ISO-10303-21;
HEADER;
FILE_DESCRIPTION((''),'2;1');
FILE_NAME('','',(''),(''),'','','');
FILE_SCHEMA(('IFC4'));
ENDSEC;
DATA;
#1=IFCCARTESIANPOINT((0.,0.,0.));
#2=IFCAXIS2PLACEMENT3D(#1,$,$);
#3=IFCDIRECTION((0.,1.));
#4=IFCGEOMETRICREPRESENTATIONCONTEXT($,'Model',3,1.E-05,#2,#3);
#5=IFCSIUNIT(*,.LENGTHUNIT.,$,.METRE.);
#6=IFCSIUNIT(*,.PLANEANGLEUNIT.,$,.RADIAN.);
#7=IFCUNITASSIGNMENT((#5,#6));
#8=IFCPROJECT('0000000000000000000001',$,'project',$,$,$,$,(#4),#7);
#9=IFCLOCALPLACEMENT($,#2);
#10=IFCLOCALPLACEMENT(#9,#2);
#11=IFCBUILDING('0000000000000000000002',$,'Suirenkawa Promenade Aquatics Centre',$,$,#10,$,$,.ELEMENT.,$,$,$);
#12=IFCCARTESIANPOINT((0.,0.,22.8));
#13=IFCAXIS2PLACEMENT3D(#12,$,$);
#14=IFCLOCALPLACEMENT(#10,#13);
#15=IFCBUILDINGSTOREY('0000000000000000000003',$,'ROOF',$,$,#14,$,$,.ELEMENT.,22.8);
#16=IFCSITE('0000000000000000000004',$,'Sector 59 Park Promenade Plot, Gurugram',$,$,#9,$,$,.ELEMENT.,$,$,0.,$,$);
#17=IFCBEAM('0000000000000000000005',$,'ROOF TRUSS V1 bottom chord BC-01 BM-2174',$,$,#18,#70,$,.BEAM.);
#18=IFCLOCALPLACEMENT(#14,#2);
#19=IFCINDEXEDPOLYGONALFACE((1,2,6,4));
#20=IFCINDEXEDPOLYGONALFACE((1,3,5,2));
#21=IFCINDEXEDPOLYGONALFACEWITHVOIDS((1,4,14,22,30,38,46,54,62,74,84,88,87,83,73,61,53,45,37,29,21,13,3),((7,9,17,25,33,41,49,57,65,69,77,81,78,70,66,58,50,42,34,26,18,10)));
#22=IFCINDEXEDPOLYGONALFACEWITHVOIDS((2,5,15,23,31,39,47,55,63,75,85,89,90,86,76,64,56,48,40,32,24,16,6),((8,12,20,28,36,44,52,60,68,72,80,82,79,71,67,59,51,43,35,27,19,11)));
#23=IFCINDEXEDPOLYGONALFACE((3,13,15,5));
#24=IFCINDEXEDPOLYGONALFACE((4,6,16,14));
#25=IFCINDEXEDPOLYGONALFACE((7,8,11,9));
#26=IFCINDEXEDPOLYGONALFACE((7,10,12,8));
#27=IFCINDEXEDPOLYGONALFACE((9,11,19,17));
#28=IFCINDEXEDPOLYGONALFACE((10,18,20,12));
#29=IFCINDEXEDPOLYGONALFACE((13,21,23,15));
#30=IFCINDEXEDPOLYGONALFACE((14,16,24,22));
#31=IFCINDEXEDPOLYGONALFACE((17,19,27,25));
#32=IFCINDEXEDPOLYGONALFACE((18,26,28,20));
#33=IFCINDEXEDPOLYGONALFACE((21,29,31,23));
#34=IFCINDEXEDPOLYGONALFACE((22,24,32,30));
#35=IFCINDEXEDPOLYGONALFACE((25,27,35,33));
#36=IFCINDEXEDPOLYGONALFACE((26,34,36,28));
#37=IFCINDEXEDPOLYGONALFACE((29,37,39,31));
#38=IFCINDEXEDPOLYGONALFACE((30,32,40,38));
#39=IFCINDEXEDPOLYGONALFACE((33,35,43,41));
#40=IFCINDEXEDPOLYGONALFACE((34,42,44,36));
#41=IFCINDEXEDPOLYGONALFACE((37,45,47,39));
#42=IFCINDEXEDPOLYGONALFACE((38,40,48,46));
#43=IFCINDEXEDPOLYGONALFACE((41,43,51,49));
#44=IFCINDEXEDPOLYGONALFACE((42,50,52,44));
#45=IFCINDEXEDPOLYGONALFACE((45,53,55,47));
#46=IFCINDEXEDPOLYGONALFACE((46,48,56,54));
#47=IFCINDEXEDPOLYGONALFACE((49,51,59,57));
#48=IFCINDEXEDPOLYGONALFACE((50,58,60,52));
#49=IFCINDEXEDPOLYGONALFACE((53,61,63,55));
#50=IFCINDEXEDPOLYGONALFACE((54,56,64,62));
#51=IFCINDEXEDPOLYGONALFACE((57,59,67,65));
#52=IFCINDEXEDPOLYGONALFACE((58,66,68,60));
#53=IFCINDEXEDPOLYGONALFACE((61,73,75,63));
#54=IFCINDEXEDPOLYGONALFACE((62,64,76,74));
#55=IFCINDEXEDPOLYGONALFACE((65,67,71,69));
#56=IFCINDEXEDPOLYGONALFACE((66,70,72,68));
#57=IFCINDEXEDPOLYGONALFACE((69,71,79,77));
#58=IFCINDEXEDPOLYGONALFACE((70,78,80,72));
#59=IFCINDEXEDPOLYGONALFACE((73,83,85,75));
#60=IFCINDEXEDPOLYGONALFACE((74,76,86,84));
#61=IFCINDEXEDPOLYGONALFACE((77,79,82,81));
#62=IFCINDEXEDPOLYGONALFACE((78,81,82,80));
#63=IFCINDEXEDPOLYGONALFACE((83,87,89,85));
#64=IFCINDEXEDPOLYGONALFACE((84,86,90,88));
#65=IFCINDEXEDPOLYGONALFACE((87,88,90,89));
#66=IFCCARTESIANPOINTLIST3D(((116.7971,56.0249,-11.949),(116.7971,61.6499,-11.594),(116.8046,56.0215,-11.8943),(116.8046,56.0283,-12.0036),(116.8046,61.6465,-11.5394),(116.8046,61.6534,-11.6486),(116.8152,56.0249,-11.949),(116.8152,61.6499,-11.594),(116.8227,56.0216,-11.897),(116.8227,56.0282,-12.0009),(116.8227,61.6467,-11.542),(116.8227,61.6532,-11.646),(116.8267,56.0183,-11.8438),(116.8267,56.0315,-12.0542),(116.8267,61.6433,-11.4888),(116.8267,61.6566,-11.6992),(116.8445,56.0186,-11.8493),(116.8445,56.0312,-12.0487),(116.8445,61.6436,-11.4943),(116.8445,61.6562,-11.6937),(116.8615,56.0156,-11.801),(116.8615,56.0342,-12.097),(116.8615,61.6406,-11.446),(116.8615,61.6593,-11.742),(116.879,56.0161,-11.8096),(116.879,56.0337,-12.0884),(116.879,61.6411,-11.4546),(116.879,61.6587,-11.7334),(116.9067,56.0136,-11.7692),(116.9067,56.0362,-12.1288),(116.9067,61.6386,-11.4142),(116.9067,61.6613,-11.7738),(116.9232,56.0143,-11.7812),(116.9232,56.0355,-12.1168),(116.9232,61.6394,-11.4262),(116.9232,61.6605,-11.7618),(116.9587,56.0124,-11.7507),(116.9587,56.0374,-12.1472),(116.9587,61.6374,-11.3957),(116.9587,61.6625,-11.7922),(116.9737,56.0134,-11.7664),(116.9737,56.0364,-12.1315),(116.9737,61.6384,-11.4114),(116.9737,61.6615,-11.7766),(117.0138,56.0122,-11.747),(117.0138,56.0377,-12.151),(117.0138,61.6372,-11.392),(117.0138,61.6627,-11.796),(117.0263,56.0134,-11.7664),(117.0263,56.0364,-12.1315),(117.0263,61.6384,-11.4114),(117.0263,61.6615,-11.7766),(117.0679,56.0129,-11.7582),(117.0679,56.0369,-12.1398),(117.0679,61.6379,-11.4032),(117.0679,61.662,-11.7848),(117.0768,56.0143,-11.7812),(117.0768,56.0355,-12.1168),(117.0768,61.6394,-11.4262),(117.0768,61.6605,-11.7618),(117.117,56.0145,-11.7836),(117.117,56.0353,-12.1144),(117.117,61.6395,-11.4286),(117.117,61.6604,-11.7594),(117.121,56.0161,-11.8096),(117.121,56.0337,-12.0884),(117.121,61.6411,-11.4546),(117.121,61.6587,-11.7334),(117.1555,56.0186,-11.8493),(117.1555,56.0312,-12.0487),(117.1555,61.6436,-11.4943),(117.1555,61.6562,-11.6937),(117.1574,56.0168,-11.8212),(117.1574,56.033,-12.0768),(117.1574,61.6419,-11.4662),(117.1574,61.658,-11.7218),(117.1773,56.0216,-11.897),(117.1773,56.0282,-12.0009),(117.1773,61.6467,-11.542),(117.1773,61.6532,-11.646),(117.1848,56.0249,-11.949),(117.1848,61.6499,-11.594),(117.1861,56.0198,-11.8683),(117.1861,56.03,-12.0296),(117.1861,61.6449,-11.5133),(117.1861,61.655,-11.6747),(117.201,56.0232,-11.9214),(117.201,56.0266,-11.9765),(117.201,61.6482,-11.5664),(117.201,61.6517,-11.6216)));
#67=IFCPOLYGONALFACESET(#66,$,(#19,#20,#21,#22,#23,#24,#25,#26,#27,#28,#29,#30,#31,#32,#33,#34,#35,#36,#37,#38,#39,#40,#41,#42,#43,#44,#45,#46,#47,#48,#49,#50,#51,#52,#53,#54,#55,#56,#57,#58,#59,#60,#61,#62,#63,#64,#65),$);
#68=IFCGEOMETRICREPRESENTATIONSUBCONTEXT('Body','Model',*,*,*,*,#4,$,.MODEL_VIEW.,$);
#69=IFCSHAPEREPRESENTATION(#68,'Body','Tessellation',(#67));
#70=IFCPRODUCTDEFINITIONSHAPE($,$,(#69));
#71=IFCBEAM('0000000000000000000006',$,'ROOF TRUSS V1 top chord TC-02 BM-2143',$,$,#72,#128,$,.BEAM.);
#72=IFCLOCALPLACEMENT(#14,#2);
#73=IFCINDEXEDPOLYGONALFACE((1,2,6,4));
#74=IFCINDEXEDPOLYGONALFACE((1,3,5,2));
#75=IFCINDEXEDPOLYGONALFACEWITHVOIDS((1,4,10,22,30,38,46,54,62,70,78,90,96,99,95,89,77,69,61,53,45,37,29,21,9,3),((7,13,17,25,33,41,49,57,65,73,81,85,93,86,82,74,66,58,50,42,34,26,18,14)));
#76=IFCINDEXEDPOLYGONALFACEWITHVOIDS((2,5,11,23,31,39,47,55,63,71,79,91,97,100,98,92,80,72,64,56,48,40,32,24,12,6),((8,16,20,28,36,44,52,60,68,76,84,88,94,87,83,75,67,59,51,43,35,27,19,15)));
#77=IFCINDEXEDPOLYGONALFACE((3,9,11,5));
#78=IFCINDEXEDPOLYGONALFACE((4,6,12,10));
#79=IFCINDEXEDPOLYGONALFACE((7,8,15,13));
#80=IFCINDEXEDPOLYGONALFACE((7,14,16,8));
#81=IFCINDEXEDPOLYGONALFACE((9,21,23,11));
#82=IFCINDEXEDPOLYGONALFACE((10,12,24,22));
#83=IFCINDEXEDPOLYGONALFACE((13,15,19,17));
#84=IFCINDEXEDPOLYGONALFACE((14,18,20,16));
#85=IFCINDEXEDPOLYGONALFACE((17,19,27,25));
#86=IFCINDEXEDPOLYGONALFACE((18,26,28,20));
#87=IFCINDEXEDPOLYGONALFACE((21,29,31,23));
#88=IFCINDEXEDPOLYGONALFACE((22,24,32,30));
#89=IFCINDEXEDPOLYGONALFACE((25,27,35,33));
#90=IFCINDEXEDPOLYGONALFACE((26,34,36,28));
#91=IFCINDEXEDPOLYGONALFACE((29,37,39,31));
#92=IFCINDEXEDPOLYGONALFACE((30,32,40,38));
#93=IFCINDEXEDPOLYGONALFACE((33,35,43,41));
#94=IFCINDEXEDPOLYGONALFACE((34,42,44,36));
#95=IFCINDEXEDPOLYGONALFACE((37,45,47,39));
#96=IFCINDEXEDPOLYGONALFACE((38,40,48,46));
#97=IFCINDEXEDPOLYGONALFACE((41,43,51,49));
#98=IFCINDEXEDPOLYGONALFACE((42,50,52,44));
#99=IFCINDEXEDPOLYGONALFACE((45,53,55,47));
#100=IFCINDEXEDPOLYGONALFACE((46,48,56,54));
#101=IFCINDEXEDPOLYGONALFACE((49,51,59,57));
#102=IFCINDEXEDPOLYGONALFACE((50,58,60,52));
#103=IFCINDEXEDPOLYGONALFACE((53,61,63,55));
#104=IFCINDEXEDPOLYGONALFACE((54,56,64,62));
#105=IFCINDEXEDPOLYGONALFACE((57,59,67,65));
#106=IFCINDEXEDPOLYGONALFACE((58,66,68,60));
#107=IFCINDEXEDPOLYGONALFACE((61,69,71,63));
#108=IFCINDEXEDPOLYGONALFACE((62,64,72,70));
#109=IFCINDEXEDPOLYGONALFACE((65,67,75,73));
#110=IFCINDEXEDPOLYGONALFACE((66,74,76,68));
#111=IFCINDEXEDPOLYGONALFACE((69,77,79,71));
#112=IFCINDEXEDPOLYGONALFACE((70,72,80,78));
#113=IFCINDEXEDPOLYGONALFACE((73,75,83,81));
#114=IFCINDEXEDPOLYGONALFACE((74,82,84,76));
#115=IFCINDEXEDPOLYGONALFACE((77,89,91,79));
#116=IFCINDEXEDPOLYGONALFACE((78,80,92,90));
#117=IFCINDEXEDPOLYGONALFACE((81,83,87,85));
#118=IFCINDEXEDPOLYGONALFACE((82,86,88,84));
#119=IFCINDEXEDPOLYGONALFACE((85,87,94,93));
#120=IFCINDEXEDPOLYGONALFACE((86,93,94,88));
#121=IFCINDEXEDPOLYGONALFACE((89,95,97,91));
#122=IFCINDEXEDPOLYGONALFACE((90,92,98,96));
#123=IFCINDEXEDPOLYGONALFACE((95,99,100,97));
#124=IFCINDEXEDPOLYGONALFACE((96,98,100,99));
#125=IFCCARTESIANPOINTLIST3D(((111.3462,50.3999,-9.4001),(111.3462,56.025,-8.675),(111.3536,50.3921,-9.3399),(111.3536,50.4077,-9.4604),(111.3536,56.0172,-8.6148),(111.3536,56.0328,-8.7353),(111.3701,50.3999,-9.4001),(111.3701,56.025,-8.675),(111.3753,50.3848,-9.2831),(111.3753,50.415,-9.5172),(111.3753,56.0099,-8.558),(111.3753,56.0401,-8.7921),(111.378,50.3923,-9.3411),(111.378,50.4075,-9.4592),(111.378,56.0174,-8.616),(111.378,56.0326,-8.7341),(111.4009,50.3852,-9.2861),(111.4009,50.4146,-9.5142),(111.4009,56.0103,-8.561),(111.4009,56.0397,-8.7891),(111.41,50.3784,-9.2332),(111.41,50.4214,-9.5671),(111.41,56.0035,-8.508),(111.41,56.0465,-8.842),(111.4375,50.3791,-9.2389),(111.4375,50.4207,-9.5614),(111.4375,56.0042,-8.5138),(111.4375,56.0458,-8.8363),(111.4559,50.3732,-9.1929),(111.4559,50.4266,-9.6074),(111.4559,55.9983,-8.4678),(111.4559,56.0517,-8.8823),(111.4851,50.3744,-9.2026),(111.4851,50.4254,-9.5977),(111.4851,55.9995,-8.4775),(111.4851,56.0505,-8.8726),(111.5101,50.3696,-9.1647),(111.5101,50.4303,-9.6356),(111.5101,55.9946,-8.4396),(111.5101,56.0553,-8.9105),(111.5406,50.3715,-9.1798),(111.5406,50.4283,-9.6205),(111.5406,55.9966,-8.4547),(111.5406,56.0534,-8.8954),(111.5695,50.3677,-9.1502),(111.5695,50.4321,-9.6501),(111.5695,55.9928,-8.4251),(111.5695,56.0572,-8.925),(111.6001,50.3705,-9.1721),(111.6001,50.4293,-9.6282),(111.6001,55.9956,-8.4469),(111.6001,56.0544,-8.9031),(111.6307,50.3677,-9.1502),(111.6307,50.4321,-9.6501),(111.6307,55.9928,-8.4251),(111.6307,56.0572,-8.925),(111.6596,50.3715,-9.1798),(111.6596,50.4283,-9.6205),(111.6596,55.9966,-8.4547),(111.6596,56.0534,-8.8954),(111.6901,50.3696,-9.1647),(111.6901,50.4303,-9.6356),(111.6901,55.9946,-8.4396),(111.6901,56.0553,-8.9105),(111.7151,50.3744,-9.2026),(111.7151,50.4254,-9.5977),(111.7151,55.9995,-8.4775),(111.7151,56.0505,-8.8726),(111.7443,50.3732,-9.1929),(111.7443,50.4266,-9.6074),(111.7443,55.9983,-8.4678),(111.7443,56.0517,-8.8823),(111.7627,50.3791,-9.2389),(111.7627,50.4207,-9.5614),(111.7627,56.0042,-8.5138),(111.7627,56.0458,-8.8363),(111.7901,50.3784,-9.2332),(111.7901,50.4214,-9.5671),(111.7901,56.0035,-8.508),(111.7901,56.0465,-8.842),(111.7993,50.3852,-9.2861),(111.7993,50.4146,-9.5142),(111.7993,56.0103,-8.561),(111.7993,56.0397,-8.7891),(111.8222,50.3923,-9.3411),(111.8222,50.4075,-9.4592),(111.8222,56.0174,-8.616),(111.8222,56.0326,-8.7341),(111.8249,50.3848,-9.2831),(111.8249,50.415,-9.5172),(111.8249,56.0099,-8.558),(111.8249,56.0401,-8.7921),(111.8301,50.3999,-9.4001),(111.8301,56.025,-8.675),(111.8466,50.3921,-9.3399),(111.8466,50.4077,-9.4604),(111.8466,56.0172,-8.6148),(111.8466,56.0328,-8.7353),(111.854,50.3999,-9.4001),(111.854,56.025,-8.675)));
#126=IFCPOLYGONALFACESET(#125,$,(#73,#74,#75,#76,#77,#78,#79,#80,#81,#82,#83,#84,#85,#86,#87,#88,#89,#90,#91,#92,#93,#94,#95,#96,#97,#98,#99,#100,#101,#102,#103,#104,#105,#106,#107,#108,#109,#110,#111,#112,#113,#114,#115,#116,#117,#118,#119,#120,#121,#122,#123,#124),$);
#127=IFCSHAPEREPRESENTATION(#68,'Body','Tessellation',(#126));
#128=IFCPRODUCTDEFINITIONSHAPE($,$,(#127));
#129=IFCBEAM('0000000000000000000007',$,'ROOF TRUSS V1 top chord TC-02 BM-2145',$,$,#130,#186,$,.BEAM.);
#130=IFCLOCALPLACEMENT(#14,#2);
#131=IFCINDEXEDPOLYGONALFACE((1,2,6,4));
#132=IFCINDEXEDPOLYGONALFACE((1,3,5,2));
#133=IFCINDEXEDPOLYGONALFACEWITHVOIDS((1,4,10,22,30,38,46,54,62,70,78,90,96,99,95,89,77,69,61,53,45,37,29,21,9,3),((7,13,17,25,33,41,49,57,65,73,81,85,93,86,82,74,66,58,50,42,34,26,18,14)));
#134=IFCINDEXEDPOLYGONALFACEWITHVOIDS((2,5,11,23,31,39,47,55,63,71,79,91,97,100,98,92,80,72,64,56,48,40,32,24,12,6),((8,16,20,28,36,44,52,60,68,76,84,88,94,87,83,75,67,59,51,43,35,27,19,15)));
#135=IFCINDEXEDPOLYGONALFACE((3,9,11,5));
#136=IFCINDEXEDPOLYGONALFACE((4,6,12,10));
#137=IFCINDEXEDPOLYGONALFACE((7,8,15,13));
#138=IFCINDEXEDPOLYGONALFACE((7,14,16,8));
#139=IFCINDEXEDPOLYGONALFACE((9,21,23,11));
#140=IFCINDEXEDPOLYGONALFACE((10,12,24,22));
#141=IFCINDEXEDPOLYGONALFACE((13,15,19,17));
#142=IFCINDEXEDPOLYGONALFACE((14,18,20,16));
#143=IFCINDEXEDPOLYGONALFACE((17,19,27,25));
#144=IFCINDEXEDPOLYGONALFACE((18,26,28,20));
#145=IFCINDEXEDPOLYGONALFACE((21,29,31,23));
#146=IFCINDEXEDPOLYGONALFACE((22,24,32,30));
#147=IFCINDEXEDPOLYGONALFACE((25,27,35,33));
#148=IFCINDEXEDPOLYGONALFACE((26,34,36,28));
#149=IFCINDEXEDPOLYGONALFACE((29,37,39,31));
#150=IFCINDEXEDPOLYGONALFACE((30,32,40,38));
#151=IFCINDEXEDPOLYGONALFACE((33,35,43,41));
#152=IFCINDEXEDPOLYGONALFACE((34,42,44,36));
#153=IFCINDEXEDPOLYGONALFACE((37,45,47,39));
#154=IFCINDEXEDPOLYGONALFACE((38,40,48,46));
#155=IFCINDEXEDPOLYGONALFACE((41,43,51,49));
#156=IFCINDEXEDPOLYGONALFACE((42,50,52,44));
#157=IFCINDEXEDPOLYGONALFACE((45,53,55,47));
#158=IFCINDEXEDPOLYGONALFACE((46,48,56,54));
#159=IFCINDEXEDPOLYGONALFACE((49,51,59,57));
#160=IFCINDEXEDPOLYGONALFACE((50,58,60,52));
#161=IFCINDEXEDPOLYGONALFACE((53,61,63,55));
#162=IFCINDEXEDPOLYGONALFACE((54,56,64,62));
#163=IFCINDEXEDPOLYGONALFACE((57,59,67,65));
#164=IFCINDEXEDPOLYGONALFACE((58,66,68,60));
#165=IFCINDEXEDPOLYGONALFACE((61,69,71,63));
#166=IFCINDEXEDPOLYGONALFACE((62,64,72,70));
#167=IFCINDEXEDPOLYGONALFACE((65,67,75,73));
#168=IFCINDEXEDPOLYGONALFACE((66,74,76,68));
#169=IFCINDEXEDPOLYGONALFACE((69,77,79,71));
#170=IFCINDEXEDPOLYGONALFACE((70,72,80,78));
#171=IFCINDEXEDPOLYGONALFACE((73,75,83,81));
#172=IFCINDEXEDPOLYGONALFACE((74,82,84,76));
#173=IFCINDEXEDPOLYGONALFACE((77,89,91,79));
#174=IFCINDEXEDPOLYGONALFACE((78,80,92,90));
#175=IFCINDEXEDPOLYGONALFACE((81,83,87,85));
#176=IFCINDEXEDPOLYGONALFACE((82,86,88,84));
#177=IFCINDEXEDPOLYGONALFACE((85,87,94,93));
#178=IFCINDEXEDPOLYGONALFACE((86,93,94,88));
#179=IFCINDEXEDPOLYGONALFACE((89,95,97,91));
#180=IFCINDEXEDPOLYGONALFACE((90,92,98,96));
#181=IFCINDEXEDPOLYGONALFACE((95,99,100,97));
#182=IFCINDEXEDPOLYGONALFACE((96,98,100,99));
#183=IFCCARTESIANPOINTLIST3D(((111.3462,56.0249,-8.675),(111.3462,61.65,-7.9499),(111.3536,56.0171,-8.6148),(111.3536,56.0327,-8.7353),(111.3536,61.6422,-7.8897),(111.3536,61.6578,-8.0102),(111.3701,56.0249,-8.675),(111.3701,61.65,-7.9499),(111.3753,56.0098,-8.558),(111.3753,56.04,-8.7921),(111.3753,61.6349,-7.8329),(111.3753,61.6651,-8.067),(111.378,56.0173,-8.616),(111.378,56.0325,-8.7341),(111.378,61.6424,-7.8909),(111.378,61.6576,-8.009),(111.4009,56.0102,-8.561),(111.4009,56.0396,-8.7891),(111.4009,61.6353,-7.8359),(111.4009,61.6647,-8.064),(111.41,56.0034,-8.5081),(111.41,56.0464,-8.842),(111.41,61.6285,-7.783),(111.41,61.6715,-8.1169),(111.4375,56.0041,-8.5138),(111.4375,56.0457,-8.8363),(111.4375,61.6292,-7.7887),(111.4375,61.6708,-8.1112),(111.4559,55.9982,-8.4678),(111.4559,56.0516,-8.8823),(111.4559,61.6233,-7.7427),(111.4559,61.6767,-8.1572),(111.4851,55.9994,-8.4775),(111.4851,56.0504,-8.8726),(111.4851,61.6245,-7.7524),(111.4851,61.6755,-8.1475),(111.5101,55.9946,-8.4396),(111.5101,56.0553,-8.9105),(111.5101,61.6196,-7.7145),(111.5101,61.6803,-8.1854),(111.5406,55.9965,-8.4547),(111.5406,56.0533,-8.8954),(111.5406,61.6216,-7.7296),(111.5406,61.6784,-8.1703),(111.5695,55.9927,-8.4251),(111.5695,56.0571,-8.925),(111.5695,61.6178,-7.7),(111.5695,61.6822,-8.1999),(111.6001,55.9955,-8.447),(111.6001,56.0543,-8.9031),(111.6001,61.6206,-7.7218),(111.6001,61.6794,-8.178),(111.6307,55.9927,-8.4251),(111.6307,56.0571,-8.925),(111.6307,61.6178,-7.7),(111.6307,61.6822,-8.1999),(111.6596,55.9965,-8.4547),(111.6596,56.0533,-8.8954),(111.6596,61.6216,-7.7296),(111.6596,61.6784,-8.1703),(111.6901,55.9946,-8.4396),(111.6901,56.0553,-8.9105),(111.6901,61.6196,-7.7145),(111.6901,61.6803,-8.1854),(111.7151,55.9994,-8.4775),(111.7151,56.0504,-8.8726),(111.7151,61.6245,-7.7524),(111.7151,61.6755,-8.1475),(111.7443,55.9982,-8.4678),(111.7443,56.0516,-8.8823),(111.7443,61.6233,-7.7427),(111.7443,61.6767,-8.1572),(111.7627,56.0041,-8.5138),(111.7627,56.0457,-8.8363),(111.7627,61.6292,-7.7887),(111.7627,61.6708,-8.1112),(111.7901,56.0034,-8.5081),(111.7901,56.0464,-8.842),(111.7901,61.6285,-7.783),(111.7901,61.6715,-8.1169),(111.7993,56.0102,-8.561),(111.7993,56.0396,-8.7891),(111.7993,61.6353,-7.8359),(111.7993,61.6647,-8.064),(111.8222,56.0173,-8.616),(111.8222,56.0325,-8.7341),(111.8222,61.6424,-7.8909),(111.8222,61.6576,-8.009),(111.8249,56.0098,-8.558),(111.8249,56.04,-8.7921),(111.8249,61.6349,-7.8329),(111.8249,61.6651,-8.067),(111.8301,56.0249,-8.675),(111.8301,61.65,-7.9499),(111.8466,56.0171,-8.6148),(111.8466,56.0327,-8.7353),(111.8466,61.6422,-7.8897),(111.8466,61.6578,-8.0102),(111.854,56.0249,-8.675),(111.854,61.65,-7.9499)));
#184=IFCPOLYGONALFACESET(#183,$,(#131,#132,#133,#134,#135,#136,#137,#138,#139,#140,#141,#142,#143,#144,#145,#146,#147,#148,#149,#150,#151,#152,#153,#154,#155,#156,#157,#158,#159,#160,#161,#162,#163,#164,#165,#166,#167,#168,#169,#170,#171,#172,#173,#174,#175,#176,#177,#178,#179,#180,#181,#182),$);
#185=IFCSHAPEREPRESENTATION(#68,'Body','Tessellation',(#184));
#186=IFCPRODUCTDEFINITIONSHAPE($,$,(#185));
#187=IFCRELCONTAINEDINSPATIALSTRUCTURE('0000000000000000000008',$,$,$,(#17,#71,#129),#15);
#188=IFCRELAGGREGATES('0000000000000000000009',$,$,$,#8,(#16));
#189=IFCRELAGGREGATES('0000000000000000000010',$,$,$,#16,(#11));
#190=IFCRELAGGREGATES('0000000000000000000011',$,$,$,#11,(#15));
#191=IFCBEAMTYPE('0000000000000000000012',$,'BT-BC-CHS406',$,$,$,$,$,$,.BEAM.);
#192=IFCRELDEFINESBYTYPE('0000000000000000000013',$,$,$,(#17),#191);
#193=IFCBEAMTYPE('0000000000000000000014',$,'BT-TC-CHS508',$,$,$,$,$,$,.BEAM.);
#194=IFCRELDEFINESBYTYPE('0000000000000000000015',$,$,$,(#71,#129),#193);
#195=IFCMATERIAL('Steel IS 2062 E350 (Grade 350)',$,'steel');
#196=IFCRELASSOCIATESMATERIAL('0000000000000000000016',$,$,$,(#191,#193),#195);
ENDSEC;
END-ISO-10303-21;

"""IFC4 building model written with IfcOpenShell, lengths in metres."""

from ifc_helpers import new_model, si_unit, direction, frame, origin, origin_2d, place, context, subcontext, project, spatial, hollow_circle, extrude, material, material_profile, profile_set, type_object, element, save


model = new_model("IFC4")

# Units and contexts
model_context = context("Model", 3, precision=1e-05, world=origin(), true_north=direction((0.0, 1.0)))
body_context = subcontext(model_context, "Body", "Model", "MODEL_VIEW")
ifc_project = project(units=[si_unit("LENGTHUNIT", "METRE"), si_unit("PLANEANGLEUNIT", "RADIAN")], contexts=[model_context])

# Site, building, storey
site_placement = place(None, origin())
site = spatial("IfcSite", under=ifc_project, at=site_placement, Name="Sector 59 Park Promenade Plot, Gurugram", CompositionType="ELEMENT", RefElevation=0.0)
building_placement = place(site_placement, origin())
building = spatial("IfcBuilding", under=site, at=building_placement, Name="Suirenkawa Promenade Aquatics Centre", CompositionType="ELEMENT")
storey_placement = place(building_placement, frame((0.0, 0.0, 22.8)))
storey = spatial("IfcBuildingStorey", under=building, at=storey_placement, Name="ROOF", CompositionType="ELEMENT", Elevation=22.8)

# Beams
ifc_material_1 = material(Name="Steel IS 2062 E350 (Grade 350)", Category="steel")
ifc_material_profile_1 = material_profile(ifc_material_1, hollow_circle(Radius=0.2029, WallThickness=0.0181, at=origin_2d()), Name="CHS 406x18", Category="steel")
ifc_profile_set_1 = profile_set([ifc_material_profile_1], Name="Steel IS 2062 E350 (Grade 350)")
beam_type_1 = type_object("IfcBeamType", Name="BT-BC-CHS406", PredefinedType="BEAM", material=ifc_profile_set_1)
beam_1_placement = place(storey_placement, frame((117.0, 56.0249, -11.949), z_axis=(0.0, 0.998015, 0.062982), x_axis=(-1.0, 0.0, 0.0)))
element("IfcBeam", 1, at=beam_1_placement, inside=storey, type_object=beam_type_1, Name="ROOF TRUSS V1 bottom chord BC-01 BM-2174", PredefinedType="BEAM", context=body_context, shape_type="SweptSolid", body=[
    extrude(hollow_circle(Radius=0.2029, WallThickness=0.0181, at=origin_2d()), origin(), (0.0, 0.0, 1.0), 5.6362),
])
ifc_material_profile_2 = material_profile(ifc_material_1, hollow_circle(Radius=0.2539, WallThickness=0.0239, at=origin_2d()), Name="CHS 508x24", Category="steel")
ifc_profile_set_2 = profile_set([ifc_material_profile_2], Name="Steel IS 2062 E350 (Grade 350)")
beam_type_2 = type_object("IfcBeamType", Name="BT-TC-CHS508", PredefinedType="BEAM", material=ifc_profile_set_2)
for number, where, z_axis, x_axis, name in (
    (2, (111.6001, 50.3999, -9.4001), (0.0, 0.991794, 0.127848), (-1.0, 0.0, 0.0), "ROOF TRUSS V1 top chord TC-02 BM-2143"),
    (3, (111.6001, 56.0249, -8.675), (0.0, 0.991794, 0.127848), (-1.0, 0.0, 0.0), "ROOF TRUSS V1 top chord TC-02 BM-2145"),
):
    element("IfcBeam", number, at=place(storey_placement, frame(where, z_axis=z_axis, x_axis=x_axis)), inside=storey, type_object=beam_type_2, Name=name, PredefinedType="BEAM", context=body_context, shape_type="SweptSolid", body=[
        extrude(hollow_circle(Radius=0.2539, WallThickness=0.0239, at=origin_2d()), origin(), (0.0, 0.0, 1.0), 5.6716),
    ])

save(model, "model.ifc")
